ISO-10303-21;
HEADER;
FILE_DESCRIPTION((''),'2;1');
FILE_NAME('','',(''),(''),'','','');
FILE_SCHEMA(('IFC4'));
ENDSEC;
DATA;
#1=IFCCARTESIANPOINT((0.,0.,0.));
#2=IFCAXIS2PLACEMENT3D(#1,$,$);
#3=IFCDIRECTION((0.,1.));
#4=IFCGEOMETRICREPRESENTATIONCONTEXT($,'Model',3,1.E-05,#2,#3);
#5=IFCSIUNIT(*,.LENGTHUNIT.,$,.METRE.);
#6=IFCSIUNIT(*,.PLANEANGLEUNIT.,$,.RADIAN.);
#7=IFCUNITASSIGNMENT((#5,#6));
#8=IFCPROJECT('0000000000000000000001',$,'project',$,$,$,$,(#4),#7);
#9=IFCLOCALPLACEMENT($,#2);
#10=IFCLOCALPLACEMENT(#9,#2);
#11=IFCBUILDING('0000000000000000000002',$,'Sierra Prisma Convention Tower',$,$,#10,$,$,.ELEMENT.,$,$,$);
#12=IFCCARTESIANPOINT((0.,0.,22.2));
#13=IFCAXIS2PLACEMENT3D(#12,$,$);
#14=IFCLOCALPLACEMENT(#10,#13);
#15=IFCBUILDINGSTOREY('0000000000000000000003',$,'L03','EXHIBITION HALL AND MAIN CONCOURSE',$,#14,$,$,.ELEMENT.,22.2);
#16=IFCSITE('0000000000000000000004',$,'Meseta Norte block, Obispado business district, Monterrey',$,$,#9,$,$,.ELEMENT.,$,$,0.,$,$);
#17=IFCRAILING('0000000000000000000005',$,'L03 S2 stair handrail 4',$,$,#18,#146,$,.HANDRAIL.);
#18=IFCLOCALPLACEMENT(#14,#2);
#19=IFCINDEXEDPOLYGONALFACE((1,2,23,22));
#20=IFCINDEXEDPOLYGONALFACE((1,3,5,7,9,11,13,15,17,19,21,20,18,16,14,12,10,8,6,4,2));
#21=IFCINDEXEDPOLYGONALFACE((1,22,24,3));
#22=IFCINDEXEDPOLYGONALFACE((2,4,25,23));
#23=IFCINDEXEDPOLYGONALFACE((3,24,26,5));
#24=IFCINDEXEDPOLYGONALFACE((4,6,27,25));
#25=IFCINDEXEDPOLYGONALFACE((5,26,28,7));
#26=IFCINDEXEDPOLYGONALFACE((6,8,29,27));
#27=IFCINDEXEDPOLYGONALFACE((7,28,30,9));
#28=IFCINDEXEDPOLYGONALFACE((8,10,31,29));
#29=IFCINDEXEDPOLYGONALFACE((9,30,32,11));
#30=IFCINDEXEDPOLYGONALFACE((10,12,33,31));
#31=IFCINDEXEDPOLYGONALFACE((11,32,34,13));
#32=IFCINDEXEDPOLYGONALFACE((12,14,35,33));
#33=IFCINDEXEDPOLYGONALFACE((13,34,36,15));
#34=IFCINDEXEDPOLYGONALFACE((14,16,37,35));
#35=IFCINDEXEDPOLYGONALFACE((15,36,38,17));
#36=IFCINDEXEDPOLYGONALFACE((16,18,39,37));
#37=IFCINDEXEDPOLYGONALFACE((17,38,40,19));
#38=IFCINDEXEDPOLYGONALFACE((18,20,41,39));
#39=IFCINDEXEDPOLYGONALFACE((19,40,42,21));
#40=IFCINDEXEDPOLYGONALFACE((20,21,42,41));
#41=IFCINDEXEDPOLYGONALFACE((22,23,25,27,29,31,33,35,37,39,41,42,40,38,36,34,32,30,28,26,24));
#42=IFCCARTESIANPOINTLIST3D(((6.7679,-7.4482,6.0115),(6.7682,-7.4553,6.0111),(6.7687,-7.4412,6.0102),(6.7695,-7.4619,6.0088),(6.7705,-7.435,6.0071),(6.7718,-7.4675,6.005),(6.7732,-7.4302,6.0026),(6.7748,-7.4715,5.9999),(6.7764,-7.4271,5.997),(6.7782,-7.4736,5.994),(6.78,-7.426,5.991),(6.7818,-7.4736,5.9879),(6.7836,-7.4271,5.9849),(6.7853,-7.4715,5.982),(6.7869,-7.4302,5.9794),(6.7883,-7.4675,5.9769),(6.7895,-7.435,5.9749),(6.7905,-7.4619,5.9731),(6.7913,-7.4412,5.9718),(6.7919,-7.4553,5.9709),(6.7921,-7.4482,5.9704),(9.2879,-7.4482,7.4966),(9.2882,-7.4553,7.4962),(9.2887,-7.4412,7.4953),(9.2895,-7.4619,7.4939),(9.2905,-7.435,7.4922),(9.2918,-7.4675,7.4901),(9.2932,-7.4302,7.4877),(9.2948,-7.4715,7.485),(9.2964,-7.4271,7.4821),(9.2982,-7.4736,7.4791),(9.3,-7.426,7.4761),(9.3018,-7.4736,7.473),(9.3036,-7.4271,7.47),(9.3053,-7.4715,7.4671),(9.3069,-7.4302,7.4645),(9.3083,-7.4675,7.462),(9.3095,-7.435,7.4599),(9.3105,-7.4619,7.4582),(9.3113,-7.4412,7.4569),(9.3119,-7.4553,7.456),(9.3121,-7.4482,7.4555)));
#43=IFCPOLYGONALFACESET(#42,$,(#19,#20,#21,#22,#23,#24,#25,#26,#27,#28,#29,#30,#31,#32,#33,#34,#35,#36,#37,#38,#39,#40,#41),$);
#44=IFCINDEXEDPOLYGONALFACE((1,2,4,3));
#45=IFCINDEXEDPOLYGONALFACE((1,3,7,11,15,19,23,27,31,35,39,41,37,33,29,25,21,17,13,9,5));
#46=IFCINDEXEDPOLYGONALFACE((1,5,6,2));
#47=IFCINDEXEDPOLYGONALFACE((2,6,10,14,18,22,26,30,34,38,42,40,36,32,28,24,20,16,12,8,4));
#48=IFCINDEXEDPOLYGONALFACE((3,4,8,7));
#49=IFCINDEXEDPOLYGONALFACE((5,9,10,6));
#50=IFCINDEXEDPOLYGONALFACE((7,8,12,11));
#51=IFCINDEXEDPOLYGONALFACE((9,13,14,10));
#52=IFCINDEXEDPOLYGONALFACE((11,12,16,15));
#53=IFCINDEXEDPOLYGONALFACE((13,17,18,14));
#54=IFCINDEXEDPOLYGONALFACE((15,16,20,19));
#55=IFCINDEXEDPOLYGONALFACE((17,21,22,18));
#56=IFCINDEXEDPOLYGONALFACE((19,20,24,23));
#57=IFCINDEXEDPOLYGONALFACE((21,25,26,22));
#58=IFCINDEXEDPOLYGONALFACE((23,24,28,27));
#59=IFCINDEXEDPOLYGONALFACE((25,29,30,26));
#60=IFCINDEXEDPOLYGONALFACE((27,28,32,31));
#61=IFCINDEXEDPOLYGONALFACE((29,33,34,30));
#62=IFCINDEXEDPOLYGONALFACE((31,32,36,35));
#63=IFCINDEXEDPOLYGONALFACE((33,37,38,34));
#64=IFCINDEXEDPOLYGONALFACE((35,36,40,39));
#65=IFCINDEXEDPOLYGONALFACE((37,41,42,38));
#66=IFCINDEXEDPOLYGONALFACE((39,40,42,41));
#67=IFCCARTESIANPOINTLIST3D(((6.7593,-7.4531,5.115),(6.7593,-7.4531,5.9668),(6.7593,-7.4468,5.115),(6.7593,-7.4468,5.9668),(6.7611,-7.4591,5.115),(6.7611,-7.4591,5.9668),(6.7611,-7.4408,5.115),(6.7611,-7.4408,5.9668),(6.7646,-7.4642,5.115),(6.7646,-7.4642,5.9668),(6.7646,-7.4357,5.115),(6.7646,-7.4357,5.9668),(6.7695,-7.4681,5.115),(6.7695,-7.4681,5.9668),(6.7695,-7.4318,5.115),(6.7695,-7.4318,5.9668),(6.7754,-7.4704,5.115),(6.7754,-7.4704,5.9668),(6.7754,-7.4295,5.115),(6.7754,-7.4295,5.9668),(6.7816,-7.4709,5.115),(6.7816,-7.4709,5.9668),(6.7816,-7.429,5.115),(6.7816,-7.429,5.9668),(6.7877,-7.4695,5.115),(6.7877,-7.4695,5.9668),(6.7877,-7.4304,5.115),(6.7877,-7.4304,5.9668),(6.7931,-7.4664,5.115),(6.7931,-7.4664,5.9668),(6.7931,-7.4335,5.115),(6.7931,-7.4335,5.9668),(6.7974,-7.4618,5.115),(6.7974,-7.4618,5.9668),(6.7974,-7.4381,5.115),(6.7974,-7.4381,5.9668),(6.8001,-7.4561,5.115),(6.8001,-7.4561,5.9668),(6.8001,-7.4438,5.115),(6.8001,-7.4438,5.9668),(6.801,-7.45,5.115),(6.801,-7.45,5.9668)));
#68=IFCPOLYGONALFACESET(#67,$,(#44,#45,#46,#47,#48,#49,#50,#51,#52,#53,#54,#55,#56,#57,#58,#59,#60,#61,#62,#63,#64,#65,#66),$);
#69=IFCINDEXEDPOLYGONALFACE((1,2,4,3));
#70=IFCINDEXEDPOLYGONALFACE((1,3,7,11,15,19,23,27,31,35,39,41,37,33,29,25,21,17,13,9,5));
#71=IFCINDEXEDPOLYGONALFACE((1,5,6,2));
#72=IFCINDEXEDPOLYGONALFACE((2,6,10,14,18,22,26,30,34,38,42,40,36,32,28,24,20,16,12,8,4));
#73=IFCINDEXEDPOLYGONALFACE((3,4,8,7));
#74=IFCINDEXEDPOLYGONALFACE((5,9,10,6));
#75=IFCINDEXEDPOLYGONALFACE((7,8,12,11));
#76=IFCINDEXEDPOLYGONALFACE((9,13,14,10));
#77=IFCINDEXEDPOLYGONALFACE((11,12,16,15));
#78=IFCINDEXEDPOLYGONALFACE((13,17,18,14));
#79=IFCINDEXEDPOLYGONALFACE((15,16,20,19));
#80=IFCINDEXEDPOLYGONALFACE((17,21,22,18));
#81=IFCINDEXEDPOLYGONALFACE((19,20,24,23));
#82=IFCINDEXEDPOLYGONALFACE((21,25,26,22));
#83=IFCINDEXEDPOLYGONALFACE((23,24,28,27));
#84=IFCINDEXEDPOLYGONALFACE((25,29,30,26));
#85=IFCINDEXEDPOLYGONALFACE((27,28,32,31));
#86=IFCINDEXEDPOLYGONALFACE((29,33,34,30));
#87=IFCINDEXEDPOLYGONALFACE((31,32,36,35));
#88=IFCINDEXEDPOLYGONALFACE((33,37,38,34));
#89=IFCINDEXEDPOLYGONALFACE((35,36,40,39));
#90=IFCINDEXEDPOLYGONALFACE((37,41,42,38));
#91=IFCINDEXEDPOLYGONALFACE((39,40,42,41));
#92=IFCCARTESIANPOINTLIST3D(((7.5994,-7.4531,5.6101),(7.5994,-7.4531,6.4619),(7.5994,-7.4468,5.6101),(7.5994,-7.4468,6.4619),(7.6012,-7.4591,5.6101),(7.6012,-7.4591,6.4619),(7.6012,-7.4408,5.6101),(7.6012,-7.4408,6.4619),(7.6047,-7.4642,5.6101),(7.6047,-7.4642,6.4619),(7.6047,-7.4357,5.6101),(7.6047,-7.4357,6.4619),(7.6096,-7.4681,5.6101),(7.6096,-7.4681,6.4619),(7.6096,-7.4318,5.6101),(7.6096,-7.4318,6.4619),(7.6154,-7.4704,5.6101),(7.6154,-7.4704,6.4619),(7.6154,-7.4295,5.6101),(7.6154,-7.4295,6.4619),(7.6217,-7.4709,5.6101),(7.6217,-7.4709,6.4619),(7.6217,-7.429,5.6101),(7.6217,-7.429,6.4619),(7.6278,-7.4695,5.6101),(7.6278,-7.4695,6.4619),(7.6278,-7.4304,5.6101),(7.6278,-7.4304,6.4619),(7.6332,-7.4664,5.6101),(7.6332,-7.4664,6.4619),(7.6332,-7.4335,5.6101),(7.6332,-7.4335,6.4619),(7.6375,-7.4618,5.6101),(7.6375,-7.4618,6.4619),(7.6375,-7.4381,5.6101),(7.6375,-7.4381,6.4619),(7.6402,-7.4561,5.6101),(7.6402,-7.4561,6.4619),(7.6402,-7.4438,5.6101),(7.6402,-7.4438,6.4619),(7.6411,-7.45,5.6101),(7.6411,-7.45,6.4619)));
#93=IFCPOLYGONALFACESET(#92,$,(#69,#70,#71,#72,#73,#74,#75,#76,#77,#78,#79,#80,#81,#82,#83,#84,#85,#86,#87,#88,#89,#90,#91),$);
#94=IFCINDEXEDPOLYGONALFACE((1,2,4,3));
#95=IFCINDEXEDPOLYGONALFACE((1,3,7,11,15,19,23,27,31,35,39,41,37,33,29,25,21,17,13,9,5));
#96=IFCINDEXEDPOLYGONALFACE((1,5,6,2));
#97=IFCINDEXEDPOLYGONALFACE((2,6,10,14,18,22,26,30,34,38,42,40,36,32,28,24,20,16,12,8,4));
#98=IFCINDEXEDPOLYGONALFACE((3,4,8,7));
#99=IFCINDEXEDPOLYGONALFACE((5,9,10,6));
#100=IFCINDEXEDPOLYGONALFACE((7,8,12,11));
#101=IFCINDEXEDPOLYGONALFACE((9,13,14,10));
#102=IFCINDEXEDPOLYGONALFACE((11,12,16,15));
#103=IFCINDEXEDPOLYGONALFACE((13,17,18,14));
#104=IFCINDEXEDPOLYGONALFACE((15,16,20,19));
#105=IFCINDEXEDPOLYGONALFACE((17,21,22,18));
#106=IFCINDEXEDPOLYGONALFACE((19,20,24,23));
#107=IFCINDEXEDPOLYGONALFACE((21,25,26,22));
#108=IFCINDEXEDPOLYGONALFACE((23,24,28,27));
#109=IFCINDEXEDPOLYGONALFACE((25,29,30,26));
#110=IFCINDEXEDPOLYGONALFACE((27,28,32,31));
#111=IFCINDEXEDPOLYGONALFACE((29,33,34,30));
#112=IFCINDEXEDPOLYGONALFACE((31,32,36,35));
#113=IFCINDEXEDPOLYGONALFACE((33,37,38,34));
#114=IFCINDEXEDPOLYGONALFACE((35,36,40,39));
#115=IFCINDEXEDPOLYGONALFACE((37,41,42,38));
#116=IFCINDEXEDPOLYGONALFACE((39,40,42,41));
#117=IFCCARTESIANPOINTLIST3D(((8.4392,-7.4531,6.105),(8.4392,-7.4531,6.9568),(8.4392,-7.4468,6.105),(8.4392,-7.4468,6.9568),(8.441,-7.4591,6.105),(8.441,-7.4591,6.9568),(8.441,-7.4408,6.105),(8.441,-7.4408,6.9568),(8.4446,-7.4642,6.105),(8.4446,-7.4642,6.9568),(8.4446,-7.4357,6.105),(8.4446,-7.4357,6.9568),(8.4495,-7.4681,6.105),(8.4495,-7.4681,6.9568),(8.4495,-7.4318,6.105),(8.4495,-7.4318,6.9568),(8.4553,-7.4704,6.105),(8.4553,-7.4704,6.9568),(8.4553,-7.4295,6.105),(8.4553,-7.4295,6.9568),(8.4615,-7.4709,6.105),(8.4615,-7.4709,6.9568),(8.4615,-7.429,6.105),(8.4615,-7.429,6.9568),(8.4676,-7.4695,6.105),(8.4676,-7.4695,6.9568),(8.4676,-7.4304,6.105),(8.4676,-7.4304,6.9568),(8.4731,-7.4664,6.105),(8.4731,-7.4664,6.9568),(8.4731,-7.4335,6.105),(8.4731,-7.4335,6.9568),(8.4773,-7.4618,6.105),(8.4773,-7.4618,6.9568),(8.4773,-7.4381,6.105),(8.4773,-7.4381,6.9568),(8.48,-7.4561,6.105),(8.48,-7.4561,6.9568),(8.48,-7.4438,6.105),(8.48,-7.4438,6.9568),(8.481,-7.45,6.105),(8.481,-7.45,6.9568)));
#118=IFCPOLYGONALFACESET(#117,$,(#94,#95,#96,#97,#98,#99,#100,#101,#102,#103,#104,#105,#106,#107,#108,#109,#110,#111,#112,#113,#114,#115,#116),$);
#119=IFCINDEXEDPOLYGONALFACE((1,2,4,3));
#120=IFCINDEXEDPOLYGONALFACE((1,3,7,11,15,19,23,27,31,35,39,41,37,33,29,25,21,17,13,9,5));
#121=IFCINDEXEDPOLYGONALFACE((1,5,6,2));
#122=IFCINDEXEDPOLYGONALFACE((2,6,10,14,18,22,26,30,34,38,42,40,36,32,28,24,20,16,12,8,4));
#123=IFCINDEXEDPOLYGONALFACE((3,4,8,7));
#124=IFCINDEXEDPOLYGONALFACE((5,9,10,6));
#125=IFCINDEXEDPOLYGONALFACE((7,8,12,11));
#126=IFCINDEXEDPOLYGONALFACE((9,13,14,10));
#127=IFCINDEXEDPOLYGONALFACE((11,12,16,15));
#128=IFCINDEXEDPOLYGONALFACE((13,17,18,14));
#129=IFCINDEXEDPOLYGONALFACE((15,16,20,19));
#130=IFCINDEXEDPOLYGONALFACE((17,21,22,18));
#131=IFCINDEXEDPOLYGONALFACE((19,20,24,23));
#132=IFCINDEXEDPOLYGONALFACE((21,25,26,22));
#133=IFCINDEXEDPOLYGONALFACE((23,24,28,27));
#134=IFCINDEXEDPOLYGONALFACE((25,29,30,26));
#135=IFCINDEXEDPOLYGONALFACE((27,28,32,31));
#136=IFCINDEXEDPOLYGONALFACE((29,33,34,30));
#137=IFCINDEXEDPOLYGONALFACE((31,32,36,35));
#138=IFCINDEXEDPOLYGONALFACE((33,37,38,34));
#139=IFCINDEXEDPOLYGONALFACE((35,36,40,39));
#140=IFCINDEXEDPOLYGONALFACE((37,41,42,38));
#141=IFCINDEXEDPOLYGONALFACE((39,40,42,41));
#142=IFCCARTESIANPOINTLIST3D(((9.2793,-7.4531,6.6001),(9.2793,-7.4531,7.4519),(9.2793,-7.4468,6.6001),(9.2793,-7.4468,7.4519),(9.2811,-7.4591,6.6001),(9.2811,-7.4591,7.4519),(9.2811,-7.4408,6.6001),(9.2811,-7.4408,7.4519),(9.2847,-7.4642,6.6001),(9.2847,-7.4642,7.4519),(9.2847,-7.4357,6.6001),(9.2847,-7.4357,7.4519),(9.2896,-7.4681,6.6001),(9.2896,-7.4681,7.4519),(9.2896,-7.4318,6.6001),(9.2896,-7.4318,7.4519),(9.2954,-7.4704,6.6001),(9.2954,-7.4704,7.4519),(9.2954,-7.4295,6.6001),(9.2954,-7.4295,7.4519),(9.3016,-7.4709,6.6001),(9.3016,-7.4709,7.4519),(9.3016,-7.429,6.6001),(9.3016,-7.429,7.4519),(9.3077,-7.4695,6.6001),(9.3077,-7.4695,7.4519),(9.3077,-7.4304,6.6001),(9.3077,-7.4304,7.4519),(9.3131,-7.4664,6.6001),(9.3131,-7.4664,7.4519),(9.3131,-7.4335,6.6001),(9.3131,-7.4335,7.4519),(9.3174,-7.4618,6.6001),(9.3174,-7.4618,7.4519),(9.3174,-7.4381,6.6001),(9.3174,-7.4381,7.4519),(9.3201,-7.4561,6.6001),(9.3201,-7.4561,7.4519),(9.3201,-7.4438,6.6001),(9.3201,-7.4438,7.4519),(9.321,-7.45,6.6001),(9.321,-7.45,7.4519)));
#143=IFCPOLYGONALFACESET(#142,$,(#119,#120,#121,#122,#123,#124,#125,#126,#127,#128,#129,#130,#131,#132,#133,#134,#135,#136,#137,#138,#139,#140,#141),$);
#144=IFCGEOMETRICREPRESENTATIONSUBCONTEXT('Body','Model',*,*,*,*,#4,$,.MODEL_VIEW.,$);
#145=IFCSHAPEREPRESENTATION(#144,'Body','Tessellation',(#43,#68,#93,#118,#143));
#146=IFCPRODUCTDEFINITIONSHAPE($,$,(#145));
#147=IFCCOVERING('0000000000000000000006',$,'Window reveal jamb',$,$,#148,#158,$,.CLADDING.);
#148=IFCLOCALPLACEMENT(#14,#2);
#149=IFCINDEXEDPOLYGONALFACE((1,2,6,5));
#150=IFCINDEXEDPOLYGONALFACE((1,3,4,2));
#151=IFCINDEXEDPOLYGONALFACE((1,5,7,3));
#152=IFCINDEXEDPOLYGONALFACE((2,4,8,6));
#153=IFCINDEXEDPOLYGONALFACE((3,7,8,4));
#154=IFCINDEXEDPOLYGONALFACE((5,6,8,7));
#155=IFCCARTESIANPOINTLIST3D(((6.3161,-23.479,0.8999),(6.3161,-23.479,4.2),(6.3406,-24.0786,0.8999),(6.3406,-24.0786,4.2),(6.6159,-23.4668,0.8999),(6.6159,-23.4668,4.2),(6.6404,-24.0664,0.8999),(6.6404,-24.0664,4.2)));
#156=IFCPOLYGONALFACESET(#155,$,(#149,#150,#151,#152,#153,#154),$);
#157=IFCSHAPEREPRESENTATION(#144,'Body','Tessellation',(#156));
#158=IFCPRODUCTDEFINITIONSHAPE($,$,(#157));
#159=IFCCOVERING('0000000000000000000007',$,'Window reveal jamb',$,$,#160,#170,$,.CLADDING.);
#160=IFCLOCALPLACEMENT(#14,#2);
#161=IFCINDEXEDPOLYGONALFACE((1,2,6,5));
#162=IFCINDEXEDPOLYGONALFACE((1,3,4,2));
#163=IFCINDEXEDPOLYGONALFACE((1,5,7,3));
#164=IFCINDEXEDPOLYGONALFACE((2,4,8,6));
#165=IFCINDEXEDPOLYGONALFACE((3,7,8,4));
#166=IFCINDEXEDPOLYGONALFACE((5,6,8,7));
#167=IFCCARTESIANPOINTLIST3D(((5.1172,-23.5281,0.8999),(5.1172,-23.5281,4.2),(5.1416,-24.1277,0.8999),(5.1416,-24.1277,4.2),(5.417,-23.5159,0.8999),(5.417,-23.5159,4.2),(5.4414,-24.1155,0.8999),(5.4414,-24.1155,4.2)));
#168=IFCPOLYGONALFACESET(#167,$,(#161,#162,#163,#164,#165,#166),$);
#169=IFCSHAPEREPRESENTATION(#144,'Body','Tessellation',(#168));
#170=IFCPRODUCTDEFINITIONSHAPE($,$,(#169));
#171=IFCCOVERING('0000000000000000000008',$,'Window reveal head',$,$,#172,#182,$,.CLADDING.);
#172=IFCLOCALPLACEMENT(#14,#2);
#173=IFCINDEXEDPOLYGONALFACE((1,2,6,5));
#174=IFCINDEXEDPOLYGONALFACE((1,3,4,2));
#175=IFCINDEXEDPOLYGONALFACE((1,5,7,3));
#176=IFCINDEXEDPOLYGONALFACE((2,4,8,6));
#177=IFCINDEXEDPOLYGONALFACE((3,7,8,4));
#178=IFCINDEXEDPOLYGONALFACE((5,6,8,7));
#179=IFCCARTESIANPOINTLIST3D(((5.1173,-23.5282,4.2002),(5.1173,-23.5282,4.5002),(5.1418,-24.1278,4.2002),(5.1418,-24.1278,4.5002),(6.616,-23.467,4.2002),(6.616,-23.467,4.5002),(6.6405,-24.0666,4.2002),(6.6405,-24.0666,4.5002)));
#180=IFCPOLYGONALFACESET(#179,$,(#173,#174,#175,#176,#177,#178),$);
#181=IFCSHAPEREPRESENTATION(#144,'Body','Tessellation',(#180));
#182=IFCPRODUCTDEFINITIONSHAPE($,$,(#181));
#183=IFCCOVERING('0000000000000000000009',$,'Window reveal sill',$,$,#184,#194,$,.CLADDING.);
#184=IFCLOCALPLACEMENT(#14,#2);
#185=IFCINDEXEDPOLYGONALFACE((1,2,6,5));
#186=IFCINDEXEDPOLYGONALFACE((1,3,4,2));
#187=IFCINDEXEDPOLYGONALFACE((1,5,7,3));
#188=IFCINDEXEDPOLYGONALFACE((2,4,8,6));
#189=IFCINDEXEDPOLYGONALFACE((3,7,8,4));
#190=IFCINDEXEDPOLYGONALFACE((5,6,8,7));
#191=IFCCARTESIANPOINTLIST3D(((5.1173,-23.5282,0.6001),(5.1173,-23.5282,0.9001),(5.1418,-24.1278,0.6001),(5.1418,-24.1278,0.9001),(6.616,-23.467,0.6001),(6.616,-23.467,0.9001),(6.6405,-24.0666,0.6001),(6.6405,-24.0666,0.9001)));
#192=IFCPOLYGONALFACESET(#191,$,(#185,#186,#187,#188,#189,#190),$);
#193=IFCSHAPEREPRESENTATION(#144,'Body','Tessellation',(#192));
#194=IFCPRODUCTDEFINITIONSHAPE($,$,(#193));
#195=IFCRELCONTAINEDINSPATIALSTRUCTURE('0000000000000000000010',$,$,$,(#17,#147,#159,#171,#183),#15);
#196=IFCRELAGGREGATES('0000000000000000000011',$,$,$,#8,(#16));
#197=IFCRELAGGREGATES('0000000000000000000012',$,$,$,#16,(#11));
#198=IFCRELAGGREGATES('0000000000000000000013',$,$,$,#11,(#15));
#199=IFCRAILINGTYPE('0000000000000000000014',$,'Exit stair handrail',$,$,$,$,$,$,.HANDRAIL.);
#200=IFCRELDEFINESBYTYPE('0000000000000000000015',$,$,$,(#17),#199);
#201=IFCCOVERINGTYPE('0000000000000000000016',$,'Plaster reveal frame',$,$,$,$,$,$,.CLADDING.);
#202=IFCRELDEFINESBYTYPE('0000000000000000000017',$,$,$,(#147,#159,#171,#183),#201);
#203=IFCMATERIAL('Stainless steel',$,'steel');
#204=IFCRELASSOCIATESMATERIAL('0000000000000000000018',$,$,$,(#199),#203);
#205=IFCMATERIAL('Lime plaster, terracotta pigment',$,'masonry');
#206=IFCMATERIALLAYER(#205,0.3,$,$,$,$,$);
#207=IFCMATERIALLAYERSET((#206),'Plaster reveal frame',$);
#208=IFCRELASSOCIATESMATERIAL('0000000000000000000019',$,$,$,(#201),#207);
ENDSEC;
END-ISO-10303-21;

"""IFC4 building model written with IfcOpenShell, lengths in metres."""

from ifc_helpers import new_model, si_unit, direction, frame, origin, origin_2d, place, context, subcontext, project, spatial, rectangle, circle, extrude, material, layer, layer_set, type_object, element, save


model = new_model("IFC4")

# Units and contexts
model_context = context("Model", 3, precision=1e-05, world=origin(), true_north=direction((0.0, 1.0)))
body_context = subcontext(model_context, "Body", "Model", "MODEL_VIEW")
ifc_project = project(units=[si_unit("LENGTHUNIT", "METRE"), si_unit("PLANEANGLEUNIT", "RADIAN")], contexts=[model_context])

# Site, building, storey
site_placement = place(None, origin())
site = spatial("IfcSite", under=ifc_project, at=site_placement, Name="Meseta Norte block, Obispado business district, Monterrey", CompositionType="ELEMENT", RefElevation=0.0)
building_placement = place(site_placement, origin())
building = spatial("IfcBuilding", under=site, at=building_placement, Name="Sierra Prisma Convention Tower", CompositionType="ELEMENT")
storey_placement = place(building_placement, frame((0.0, 0.0, 22.2)))
storey = spatial("IfcBuildingStorey", under=building, at=storey_placement, Name="L03", Description="EXHIBITION HALL AND MAIN CONCOURSE", CompositionType="ELEMENT", Elevation=22.2)

# Railing
ifc_material_1 = material(Name="Stainless steel", Category="steel")
railing_type_1 = type_object("IfcRailingType", Name="Exit stair handrail", PredefinedType="HANDRAIL", material=ifc_material_1)
for number, where, name in (
    (1, (6.78, -7.45, 5.115), "L03 S2 stair handrail 4"),
):
    element("IfcRailing", number, at=place(storey_placement, frame(where)), inside=storey, type_object=railing_type_1, Name=name, PredefinedType="HANDRAIL", context=body_context, shape_type="SweptSolid", body=[
        extrude(circle(Radius=0.0239, at=origin_2d()), frame((0.0, 0.0, 0.876), z_axis=(0.861524, 0.0, 0.507717), x_axis=(0.0, 1.0, 0.0)), (0.0, 0.0, 1.0), 2.925),
        extrude(circle(Radius=0.021, at=origin_2d()), origin(), (0.0, 0.0, 1.0), 0.8518),
        extrude(circle(Radius=0.021, at=origin_2d()), frame((0.8401, 0.0, 0.4951)), (0.0, 0.0, 1.0), 0.8518),
        extrude(circle(Radius=0.021, at=origin_2d()), frame((1.6799, 0.0, 0.99)), (0.0, 0.0, 1.0), 0.8518),
        extrude(circle(Radius=0.021, at=origin_2d()), frame((2.52, 0.0, 1.4851)), (0.0, 0.0, 1.0), 0.8518),
    ])

# Coverings
ifc_material_2 = material(Name="Lime plaster, terracotta pigment", Category="masonry")
ifc_layer_1 = layer(ifc_material_2, 0.3)
ifc_layer_set_1 = layer_set([ifc_layer_1], Name="Plaster reveal frame")
covering_type = type_object("IfcCoveringType", Name="Plaster reveal frame", PredefinedType="CLADDING", material=ifc_layer_set_1)
for number, where, z_axis, x_axis, name in (
    (2, (6.4783, -23.7727, 0.8999), (0.0, 0.0, 1.0), (-0.999167, -0.040796, 0.0), "Window reveal jamb"),
    (3, (5.2793, -23.8218, 0.8999), (0.0, 0.0, 1.0), (-0.999167, -0.040796, 0.0), "Window reveal jamb"),
):
    element("IfcCovering", number, at=place(storey_placement, frame(where, z_axis=z_axis, x_axis=x_axis)), inside=storey, type_object=covering_type, Name=name, PredefinedType="CLADDING", context=body_context, shape_type="SweptSolid", body=[
        extrude(rectangle(XDim=0.3, YDim=0.6001, at=origin_2d()), origin(), (0.0, 0.0, 1.0), 3.3),
    ])
for number, where, z_axis, x_axis, name in (
    (4, (5.8789, -23.7974, 4.2002), (0.0, 0.0, 1.0), (-0.999167, -0.040796, 0.0), "Window reveal head"),
    (5, (5.8789, -23.7974, 0.6001), (0.0, 0.0, 1.0), (-0.999167, -0.040796, 0.0), "Window reveal sill"),
):
    element("IfcCovering", number, at=place(storey_placement, frame(where, z_axis=z_axis, x_axis=x_axis)), inside=storey, type_object=covering_type, Name=name, PredefinedType="CLADDING", context=body_context, shape_type="SweptSolid", body=[
        extrude(rectangle(XDim=1.5, YDim=0.6001, at=origin_2d()), origin(), (0.0, 0.0, 1.0), 0.3),
    ])

save(model, "model.ifc")
